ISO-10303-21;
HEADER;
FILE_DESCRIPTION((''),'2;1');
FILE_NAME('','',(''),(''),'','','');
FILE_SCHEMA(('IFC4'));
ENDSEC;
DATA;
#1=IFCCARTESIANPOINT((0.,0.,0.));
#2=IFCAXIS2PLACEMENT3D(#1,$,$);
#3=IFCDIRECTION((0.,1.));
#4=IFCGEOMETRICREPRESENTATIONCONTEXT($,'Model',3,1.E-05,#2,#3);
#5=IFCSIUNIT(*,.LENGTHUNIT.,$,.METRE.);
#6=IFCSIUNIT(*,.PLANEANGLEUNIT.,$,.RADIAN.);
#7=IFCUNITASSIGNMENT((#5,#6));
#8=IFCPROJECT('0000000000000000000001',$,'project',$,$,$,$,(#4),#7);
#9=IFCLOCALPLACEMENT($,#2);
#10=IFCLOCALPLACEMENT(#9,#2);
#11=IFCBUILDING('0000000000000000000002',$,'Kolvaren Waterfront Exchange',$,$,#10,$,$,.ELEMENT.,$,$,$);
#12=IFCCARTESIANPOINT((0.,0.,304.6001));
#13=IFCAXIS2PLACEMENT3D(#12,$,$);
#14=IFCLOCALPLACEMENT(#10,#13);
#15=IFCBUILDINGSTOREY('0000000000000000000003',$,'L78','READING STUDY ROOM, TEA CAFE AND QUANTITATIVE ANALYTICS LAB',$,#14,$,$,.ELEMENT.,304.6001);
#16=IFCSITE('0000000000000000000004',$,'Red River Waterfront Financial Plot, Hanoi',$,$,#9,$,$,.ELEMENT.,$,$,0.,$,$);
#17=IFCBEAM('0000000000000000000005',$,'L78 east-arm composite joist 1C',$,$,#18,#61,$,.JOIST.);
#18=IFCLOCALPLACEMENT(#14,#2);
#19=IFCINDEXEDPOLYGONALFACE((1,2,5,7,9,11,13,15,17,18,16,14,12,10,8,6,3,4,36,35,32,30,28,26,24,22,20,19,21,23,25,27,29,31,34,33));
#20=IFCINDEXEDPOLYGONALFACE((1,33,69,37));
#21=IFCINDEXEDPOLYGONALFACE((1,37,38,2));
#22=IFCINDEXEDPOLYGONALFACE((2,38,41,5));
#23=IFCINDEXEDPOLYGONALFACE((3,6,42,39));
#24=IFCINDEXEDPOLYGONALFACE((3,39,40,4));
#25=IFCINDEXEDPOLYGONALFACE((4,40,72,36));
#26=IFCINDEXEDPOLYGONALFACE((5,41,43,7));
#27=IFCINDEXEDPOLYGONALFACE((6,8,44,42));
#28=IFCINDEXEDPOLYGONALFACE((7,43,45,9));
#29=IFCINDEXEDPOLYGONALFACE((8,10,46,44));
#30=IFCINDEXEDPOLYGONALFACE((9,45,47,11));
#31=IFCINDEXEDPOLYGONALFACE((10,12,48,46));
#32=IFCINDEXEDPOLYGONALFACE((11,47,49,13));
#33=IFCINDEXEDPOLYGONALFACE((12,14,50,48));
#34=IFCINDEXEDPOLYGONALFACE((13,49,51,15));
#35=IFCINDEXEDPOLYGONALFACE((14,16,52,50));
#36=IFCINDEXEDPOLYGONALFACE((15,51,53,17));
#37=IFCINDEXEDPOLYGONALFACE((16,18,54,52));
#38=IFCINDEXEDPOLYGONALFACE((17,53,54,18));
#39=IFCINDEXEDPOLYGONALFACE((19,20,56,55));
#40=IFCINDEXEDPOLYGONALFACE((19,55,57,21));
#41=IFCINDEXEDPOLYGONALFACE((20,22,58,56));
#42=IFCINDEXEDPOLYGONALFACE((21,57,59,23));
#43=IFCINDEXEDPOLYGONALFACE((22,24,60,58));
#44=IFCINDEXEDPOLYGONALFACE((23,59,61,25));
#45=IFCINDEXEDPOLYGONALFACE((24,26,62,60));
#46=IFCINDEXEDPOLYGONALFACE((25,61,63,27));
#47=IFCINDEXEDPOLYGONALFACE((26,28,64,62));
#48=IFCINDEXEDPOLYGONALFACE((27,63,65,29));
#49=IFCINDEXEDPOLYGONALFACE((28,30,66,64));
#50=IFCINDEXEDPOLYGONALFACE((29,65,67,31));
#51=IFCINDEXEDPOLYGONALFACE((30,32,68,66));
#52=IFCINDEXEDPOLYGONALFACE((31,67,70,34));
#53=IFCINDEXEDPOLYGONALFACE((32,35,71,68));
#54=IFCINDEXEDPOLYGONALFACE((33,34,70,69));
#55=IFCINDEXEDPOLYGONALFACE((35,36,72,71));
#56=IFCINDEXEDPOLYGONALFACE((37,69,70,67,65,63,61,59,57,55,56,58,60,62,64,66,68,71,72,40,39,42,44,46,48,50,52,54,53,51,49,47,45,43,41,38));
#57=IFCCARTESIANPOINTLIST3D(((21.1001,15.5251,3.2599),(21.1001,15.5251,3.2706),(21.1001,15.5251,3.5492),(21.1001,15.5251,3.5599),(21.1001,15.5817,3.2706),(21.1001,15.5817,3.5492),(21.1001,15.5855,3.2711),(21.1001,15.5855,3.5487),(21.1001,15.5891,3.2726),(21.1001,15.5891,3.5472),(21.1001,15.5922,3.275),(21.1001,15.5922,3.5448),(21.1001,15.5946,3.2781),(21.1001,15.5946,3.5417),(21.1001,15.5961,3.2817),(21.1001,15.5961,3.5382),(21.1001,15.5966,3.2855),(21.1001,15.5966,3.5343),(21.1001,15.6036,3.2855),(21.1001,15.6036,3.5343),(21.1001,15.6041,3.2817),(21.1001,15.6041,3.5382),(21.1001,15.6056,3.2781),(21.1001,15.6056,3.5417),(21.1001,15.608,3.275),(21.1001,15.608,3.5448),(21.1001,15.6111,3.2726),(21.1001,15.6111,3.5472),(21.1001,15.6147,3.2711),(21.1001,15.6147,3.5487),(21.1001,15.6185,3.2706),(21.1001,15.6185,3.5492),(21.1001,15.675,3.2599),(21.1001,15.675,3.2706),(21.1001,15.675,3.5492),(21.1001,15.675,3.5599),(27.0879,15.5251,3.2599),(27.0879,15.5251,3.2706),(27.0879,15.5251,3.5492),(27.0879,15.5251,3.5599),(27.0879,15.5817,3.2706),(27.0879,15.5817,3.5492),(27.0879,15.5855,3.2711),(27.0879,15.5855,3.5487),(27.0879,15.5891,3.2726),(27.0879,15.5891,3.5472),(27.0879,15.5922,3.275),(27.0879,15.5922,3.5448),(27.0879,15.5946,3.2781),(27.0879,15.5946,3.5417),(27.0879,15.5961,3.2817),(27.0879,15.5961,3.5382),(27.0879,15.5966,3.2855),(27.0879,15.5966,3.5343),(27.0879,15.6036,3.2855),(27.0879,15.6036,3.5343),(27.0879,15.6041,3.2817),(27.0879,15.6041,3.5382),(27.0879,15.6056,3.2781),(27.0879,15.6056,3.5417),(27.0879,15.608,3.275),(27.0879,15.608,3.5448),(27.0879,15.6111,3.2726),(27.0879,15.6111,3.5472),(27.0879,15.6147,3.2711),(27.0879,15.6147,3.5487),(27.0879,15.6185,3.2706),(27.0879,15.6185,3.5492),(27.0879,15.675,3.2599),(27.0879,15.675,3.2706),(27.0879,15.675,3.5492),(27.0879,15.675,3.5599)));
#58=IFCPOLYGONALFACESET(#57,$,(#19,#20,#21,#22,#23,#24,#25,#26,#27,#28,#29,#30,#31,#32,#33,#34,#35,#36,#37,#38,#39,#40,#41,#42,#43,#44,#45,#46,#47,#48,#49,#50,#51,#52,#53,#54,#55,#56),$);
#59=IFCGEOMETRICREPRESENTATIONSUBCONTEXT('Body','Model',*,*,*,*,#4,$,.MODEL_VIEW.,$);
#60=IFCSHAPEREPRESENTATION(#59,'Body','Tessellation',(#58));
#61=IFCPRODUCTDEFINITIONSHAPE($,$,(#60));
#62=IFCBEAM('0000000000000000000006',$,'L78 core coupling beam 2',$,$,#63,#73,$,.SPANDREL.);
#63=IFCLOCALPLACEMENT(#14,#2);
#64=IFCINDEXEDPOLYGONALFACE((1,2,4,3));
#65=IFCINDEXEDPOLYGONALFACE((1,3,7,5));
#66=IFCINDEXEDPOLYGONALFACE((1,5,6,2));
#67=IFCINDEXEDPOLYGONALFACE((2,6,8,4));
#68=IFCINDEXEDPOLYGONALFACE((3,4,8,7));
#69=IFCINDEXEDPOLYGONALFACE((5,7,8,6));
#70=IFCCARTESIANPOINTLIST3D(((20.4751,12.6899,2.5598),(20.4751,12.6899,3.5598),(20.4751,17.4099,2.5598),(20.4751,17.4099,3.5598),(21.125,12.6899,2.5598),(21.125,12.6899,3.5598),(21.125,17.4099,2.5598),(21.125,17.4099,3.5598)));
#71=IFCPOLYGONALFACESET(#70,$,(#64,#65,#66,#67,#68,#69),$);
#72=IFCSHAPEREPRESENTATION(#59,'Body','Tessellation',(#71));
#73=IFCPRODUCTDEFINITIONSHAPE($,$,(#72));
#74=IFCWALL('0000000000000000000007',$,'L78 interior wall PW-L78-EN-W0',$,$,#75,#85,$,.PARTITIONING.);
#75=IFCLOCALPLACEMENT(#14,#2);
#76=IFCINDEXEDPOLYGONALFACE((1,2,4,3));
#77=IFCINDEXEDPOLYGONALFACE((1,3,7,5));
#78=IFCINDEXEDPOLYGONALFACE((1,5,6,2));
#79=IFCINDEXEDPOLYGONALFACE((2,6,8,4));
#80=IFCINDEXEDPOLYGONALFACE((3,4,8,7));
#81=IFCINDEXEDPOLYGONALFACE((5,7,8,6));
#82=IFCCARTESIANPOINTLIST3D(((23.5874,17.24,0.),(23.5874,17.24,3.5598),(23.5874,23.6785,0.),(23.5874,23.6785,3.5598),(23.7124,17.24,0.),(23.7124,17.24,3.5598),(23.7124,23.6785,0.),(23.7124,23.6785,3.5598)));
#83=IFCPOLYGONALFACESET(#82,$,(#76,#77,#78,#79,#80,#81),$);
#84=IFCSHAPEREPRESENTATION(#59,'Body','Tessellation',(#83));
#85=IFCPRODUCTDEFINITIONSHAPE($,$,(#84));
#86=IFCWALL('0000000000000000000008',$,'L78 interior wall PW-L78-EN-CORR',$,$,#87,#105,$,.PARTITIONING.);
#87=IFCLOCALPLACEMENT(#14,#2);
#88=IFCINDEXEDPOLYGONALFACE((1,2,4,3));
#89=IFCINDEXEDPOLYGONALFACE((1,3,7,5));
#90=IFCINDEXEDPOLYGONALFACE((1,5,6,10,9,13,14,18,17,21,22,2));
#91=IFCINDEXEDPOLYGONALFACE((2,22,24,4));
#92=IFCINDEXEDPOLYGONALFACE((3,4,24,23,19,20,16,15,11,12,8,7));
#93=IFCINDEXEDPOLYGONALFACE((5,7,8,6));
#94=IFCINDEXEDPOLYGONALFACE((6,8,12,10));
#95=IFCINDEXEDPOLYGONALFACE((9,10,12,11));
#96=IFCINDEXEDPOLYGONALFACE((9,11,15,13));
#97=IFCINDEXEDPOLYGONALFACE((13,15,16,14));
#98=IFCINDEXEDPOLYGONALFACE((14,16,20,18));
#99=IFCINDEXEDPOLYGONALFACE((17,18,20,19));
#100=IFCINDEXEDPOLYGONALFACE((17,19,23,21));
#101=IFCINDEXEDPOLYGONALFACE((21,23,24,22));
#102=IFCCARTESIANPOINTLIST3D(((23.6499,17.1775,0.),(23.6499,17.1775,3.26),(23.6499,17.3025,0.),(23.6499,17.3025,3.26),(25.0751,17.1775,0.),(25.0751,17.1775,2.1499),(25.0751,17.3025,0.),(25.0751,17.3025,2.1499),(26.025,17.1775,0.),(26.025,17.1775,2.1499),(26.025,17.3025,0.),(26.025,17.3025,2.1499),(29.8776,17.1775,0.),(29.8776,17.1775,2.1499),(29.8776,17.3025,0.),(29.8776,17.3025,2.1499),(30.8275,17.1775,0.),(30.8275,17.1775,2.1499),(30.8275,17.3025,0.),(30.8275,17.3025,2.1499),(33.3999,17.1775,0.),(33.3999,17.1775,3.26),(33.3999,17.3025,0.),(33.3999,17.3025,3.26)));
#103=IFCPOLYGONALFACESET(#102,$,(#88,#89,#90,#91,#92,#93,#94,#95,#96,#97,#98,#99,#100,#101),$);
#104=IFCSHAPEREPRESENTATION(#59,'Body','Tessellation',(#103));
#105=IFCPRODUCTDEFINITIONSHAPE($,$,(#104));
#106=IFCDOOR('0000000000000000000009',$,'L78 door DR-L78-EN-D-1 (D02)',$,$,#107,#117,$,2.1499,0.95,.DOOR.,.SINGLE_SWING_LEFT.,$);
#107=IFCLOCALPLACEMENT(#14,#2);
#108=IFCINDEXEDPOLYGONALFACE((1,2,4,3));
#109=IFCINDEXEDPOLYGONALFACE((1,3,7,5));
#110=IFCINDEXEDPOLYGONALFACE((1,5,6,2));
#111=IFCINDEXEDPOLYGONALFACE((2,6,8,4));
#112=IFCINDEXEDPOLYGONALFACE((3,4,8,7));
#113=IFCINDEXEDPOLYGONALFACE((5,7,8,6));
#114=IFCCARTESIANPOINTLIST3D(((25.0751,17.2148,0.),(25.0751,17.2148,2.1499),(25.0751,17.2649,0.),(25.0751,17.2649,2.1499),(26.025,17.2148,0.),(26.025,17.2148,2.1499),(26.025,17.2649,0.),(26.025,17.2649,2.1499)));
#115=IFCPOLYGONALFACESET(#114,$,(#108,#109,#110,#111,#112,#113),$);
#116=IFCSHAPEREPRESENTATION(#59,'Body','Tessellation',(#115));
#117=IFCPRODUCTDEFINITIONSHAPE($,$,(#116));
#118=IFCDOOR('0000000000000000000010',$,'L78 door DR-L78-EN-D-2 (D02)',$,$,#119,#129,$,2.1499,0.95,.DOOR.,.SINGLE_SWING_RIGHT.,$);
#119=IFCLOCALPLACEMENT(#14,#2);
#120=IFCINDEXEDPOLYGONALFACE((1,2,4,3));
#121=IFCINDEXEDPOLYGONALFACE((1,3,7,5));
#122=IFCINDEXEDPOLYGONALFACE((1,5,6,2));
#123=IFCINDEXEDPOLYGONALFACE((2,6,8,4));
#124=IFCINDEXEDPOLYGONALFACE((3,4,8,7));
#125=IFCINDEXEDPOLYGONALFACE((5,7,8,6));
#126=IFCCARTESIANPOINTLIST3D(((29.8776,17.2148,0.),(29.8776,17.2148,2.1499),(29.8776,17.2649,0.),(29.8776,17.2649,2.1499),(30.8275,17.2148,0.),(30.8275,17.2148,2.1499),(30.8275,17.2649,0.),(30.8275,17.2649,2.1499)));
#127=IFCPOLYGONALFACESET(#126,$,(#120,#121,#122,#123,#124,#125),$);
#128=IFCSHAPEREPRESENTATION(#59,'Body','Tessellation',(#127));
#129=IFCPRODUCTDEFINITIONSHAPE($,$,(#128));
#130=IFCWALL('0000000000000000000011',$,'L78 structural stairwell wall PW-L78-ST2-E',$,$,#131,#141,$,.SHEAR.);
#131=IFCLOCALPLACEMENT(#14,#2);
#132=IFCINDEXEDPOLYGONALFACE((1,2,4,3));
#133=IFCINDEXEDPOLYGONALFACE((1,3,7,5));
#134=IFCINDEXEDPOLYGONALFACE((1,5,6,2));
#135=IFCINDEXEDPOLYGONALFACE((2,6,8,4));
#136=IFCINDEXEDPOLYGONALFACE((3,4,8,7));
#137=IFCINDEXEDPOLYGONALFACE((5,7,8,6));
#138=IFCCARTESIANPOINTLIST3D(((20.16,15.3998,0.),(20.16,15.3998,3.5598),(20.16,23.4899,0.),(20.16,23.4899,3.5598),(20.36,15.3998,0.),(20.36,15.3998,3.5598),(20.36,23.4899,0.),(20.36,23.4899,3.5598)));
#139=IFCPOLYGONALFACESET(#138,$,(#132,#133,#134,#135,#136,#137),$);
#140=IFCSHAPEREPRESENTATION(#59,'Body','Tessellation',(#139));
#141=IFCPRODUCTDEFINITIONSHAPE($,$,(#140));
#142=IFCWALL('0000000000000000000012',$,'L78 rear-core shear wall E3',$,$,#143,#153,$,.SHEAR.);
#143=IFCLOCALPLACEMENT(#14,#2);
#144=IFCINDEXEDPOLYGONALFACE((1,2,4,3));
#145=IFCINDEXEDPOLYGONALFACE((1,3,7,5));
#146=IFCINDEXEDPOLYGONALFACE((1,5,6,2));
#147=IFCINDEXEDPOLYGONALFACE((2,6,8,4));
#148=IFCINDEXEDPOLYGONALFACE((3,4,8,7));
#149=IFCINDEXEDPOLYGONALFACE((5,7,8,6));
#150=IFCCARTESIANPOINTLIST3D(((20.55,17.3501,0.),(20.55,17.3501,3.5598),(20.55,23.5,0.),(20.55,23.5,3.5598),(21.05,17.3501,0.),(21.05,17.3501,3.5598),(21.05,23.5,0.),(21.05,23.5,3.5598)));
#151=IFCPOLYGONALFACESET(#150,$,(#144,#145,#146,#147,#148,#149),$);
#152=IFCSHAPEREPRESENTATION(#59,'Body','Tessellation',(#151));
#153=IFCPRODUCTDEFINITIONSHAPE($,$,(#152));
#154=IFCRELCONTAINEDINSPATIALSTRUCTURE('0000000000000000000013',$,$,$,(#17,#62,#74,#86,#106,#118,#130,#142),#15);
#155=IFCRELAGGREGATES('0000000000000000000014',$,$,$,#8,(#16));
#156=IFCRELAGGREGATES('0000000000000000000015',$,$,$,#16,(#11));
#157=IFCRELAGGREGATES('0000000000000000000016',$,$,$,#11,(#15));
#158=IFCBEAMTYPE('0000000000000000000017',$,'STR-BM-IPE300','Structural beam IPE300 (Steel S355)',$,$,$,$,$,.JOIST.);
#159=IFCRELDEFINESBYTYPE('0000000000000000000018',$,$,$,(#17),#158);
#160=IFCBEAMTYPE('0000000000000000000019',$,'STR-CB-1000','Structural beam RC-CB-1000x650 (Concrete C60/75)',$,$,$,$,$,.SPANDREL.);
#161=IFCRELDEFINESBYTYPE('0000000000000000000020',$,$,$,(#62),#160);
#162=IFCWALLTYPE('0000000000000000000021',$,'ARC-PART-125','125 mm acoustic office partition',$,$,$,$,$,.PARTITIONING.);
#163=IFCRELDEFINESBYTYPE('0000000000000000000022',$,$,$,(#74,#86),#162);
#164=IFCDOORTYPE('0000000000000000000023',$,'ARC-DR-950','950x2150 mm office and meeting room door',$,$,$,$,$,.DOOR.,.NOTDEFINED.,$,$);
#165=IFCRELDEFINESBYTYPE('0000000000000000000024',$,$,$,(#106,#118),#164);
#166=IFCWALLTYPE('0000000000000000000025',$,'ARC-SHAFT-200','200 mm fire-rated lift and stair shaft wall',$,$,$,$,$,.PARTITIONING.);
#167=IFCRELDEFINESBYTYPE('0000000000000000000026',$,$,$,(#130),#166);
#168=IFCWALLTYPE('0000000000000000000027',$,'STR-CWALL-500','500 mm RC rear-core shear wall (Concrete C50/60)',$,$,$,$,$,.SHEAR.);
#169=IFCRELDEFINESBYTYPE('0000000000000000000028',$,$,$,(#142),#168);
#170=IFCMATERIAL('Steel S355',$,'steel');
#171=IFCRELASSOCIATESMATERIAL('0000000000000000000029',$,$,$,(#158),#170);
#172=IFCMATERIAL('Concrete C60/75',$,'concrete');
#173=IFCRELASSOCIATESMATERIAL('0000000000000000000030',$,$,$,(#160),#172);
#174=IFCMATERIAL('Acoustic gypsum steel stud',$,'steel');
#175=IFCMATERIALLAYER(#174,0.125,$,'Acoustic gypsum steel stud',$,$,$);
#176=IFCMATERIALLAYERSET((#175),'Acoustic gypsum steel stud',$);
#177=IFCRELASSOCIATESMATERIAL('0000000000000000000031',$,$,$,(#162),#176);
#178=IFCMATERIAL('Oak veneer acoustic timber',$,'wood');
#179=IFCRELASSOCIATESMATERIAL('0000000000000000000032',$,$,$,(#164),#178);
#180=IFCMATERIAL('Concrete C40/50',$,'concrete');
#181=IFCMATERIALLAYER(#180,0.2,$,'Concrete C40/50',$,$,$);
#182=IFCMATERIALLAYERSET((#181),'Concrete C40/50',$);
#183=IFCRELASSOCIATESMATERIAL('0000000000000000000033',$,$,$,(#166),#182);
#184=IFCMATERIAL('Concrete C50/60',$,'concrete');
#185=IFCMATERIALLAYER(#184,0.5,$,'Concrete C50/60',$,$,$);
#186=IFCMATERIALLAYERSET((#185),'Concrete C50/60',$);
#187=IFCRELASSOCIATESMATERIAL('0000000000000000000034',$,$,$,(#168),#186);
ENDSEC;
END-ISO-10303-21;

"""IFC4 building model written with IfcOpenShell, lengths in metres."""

from ifc_helpers import new_model, si_unit, direction, frame, frame_2d, origin, origin_2d, place, context, subcontext, project, spatial, rectangle, i_section, extrude, material, layer, layer_set, material_profile, profile_set, type_object, element, fill, save


model = new_model("IFC4")

# Units and contexts
model_context = context("Model", 3, precision=1e-05, world=origin(), true_north=direction((0.0, 1.0)))
body_context = subcontext(model_context, "Body", "Model", "MODEL_VIEW")
ifc_project = project(units=[si_unit("LENGTHUNIT", "METRE"), si_unit("PLANEANGLEUNIT", "RADIAN")], contexts=[model_context])

# Site, building, storey
site_placement = place(None, origin())
site = spatial("IfcSite", under=ifc_project, at=site_placement, Name="Red River Waterfront Financial Plot, Hanoi", CompositionType="ELEMENT", RefElevation=0.0)
building_placement = place(site_placement, origin())
building = spatial("IfcBuilding", under=site, at=building_placement, Name="Kolvaren Waterfront Exchange", CompositionType="ELEMENT")
storey_placement = place(building_placement, frame((0.0, 0.0, 304.6001)))
storey = spatial("IfcBuildingStorey", under=building, at=storey_placement, Name="L78", Description="READING STUDY ROOM, TEA CAFE AND QUANTITATIVE ANALYTICS LAB", CompositionType="ELEMENT", Elevation=304.6001)

# Shared definitions
ifc_material_1 = material(Name="Concrete C50/60", Category="concrete")

# Beams
ifc_material_2 = material(Name="Steel S355", Category="steel")
ifc_material_profile_1 = material_profile(ifc_material_2, i_section(OverallWidth=0.1499, OverallDepth=0.3, WebThickness=0.0071, FlangeThickness=0.0107, FilletRadius=0.0149, at=origin_2d()), Name="IPE300")
ifc_profile_set_1 = profile_set([ifc_material_profile_1], Name="Steel S355")
beam_type_1 = type_object("IfcBeamType", Name="STR-BM-IPE300", Description="Structural beam IPE300 (Steel S355)", PredefinedType="JOIST", material=ifc_profile_set_1)
for number, where, z_axis, x_axis, name in (
    (1, (21.1001, 15.6001, 3.4099), (1.0, 0.0, 0.0), (0.0, 1.0, 0.0), "L78 east-arm composite joist 1C"),
):
    element("IfcBeam", number, at=place(storey_placement, frame(where, z_axis=z_axis, x_axis=x_axis)), inside=storey, type_object=beam_type_1, Name=name, PredefinedType="JOIST", context=body_context, shape_type="SweptSolid", body=[
        extrude(i_section(OverallWidth=0.1499, OverallDepth=0.3, WebThickness=0.0071, FlangeThickness=0.0107, FilletRadius=0.0149, at=origin_2d()), origin(), (0.0, 0.0, 1.0), 5.9878),
    ])
ifc_material_3 = material(Name="Concrete C60/75", Category="concrete")
ifc_material_profile_2 = material_profile(ifc_material_3, rectangle(XDim=0.6499, YDim=1.0, at=origin_2d()), Name="RC-CB-1000x650")
ifc_profile_set_2 = profile_set([ifc_material_profile_2], Name="Concrete C60/75")
beam_type_2 = type_object("IfcBeamType", Name="STR-CB-1000", Description="Structural beam RC-CB-1000x650 (Concrete C60/75)", PredefinedType="SPANDREL", material=ifc_profile_set_2)
beam_1_placement = place(storey_placement, frame((20.8, 12.6899, 3.0598), z_axis=(0.0, 1.0, 0.0), x_axis=(-1.0, 0.0, 0.0)))
element("IfcBeam", 2, at=beam_1_placement, inside=storey, type_object=beam_type_2, Name="L78 core coupling beam 2", PredefinedType="SPANDREL", context=body_context, shape_type="SweptSolid", body=[
    extrude(rectangle(XDim=0.6499, YDim=1.0, at=origin_2d()), origin(), (0.0, 0.0, 1.0), 4.72),
])

# Shared definitions
ifc_material_4 = material(Name="Acoustic gypsum steel stud", Category="steel")
ifc_layer_1 = layer(ifc_material_4, 0.125, Name="Acoustic gypsum steel stud")
ifc_layer_set_1 = layer_set([ifc_layer_1], Name="Acoustic gypsum steel stud")
wall_type_1 = type_object("IfcWallType", Name="ARC-PART-125", Description="125 mm acoustic office partition", PredefinedType="PARTITIONING", material=ifc_layer_set_1)
ifc_material_5 = material(Name="Oak veneer acoustic timber", Category="wood")
door_type = type_object("IfcDoorType", Name="ARC-DR-950", Description="950x2150 mm office and meeting room door", OperationType="NOTDEFINED", PredefinedType="DOOR", material=ifc_material_5)

# Wall
wall_1_placement = place(storey_placement, frame((23.6499, 17.24, 0.0), z_axis=(0.0, 0.0, 1.0), x_axis=(0.0, 1.0, 0.0)))
element("IfcWall", 3, at=wall_1_placement, inside=storey, type_object=wall_type_1, Name="L78 interior wall PW-L78-EN-W0", PredefinedType="PARTITIONING", context=body_context, shape_type="SweptSolid", body=[
    extrude(rectangle(XDim=6.4385, YDim=0.125, at=frame_2d((3.2192, 0.0))), origin(), (0.0, 0.0, 1.0), 3.5598),
])

# Wall, openings, doors
wall_2_placement = place(storey_placement, frame((23.6499, 17.24, 0.0), z_axis=(0.0, 0.0, 1.0), x_axis=(1.0, 0.0, 0.0)))
wall_2 = element("IfcWall", 4, at=wall_2_placement, inside=storey, type_object=wall_type_1, Name="L78 interior wall PW-L78-EN-CORR", PredefinedType="PARTITIONING", context=body_context, shape_type="SweptSolid", body=[
    extrude(rectangle(XDim=9.75, YDim=0.125, at=frame_2d((4.875, 0.0))), origin(), (0.0, 0.0, 1.0), 3.26),
])
opening_1_placement = place(wall_2_placement, frame((1.425, 0.0, 0.0)))
opening_1 = element("IfcOpeningElement", 5, at=opening_1_placement, cuts=wall_2, PredefinedType="OPENING", context=body_context, shape_type="SweptSolid", body=[
    extrude(rectangle(XDim=0.95, YDim=2.1499, at=frame_2d((0.4751, 1.075))), frame((0.0, 0.0725, 0.0), z_axis=(0.0, -1.0, 0.0), x_axis=(1.0, 0.0, 0.0)), (0.0, 0.0, 1.0), 0.145),
])
opening_2_placement = place(wall_2_placement, frame((6.2275, 0.0, 0.0)))
opening_2 = element("IfcOpeningElement", 6, at=opening_2_placement, cuts=wall_2, PredefinedType="OPENING", context=body_context, shape_type="SweptSolid", body=[
    extrude(rectangle(XDim=0.95, YDim=2.1499, at=frame_2d((0.4751, 1.075))), frame((0.0, 0.0725, 0.0), z_axis=(0.0, -1.0, 0.0), x_axis=(1.0, 0.0, 0.0)), (0.0, 0.0, 1.0), 0.145),
])
door_1_placement = place(opening_1_placement, origin())
door_1 = element("IfcDoor", 7, at=door_1_placement, inside=storey, type_object=door_type, Name="L78 door DR-L78-EN-D-1 (D02)", OperationType="SINGLE_SWING_LEFT", OverallHeight=2.1499, OverallWidth=0.95, PredefinedType="DOOR", context=body_context, shape_type="SweptSolid", body=[
    extrude(rectangle(XDim=0.95, YDim=2.1499, at=frame_2d((0.4751, 1.075))), frame((0.0, 0.0249, 0.0), z_axis=(0.0, -1.0, 0.0), x_axis=(1.0, 0.0, 0.0)), (0.0, 0.0, 1.0), 0.05),
])
fill(opening_1, door_1)
door_2_placement = place(opening_2_placement, origin())
door_2 = element("IfcDoor", 8, at=door_2_placement, inside=storey, type_object=door_type, Name="L78 door DR-L78-EN-D-2 (D02)", OperationType="SINGLE_SWING_RIGHT", OverallHeight=2.1499, OverallWidth=0.95, PredefinedType="DOOR", context=body_context, shape_type="SweptSolid", body=[
    extrude(rectangle(XDim=0.95, YDim=2.1499, at=frame_2d((0.4751, 1.075))), frame((0.0, 0.0249, 0.0), z_axis=(0.0, -1.0, 0.0), x_axis=(1.0, 0.0, 0.0)), (0.0, 0.0, 1.0), 0.05),
])
fill(opening_2, door_2)

# Walls
ifc_material_6 = material(Name="Concrete C40/50", Category="concrete")
ifc_layer_2 = layer(ifc_material_6, 0.2, Name="Concrete C40/50")
ifc_layer_set_2 = layer_set([ifc_layer_2], Name="Concrete C40/50")
wall_type_2 = type_object("IfcWallType", Name="ARC-SHAFT-200", Description="200 mm fire-rated lift and stair shaft wall", PredefinedType="PARTITIONING", material=ifc_layer_set_2)
wall_3_placement = place(storey_placement, frame((20.26, 15.3999, 0.0), z_axis=(0.0, 0.0, 1.0), x_axis=(0.0, 1.0, 0.0)))
element("IfcWall", 9, at=wall_3_placement, inside=storey, type_object=wall_type_2, Name="L78 structural stairwell wall PW-L78-ST2-E", PredefinedType="SHEAR", context=body_context, shape_type="SweptSolid", body=[
    extrude(rectangle(XDim=8.0901, YDim=0.2, at=frame_2d((4.0449, 0.0))), origin(), (0.0, 0.0, 1.0), 3.5598),
])
ifc_layer_3 = layer(ifc_material_1, 0.5, Name="Concrete C50/60")
ifc_layer_set_3 = layer_set([ifc_layer_3], Name="Concrete C50/60")
wall_type_3 = type_object("IfcWallType", Name="STR-CWALL-500", Description="500 mm RC rear-core shear wall (Concrete C50/60)", PredefinedType="SHEAR", material=ifc_layer_set_3)
wall_4_placement = place(storey_placement, frame((20.8, 17.3501, 0.0), z_axis=(0.0, 0.0, 1.0), x_axis=(0.0, 1.0, 0.0)))
element("IfcWall", 10, at=wall_4_placement, inside=storey, type_object=wall_type_3, Name="L78 rear-core shear wall E3", PredefinedType="SHEAR", context=body_context, shape_type="SweptSolid", body=[
    extrude(rectangle(XDim=6.1499, YDim=0.5, at=frame_2d((3.075, 0.0))), origin(), (0.0, 0.0, 1.0), 3.5598),
])

save(model, "model.ifc")
